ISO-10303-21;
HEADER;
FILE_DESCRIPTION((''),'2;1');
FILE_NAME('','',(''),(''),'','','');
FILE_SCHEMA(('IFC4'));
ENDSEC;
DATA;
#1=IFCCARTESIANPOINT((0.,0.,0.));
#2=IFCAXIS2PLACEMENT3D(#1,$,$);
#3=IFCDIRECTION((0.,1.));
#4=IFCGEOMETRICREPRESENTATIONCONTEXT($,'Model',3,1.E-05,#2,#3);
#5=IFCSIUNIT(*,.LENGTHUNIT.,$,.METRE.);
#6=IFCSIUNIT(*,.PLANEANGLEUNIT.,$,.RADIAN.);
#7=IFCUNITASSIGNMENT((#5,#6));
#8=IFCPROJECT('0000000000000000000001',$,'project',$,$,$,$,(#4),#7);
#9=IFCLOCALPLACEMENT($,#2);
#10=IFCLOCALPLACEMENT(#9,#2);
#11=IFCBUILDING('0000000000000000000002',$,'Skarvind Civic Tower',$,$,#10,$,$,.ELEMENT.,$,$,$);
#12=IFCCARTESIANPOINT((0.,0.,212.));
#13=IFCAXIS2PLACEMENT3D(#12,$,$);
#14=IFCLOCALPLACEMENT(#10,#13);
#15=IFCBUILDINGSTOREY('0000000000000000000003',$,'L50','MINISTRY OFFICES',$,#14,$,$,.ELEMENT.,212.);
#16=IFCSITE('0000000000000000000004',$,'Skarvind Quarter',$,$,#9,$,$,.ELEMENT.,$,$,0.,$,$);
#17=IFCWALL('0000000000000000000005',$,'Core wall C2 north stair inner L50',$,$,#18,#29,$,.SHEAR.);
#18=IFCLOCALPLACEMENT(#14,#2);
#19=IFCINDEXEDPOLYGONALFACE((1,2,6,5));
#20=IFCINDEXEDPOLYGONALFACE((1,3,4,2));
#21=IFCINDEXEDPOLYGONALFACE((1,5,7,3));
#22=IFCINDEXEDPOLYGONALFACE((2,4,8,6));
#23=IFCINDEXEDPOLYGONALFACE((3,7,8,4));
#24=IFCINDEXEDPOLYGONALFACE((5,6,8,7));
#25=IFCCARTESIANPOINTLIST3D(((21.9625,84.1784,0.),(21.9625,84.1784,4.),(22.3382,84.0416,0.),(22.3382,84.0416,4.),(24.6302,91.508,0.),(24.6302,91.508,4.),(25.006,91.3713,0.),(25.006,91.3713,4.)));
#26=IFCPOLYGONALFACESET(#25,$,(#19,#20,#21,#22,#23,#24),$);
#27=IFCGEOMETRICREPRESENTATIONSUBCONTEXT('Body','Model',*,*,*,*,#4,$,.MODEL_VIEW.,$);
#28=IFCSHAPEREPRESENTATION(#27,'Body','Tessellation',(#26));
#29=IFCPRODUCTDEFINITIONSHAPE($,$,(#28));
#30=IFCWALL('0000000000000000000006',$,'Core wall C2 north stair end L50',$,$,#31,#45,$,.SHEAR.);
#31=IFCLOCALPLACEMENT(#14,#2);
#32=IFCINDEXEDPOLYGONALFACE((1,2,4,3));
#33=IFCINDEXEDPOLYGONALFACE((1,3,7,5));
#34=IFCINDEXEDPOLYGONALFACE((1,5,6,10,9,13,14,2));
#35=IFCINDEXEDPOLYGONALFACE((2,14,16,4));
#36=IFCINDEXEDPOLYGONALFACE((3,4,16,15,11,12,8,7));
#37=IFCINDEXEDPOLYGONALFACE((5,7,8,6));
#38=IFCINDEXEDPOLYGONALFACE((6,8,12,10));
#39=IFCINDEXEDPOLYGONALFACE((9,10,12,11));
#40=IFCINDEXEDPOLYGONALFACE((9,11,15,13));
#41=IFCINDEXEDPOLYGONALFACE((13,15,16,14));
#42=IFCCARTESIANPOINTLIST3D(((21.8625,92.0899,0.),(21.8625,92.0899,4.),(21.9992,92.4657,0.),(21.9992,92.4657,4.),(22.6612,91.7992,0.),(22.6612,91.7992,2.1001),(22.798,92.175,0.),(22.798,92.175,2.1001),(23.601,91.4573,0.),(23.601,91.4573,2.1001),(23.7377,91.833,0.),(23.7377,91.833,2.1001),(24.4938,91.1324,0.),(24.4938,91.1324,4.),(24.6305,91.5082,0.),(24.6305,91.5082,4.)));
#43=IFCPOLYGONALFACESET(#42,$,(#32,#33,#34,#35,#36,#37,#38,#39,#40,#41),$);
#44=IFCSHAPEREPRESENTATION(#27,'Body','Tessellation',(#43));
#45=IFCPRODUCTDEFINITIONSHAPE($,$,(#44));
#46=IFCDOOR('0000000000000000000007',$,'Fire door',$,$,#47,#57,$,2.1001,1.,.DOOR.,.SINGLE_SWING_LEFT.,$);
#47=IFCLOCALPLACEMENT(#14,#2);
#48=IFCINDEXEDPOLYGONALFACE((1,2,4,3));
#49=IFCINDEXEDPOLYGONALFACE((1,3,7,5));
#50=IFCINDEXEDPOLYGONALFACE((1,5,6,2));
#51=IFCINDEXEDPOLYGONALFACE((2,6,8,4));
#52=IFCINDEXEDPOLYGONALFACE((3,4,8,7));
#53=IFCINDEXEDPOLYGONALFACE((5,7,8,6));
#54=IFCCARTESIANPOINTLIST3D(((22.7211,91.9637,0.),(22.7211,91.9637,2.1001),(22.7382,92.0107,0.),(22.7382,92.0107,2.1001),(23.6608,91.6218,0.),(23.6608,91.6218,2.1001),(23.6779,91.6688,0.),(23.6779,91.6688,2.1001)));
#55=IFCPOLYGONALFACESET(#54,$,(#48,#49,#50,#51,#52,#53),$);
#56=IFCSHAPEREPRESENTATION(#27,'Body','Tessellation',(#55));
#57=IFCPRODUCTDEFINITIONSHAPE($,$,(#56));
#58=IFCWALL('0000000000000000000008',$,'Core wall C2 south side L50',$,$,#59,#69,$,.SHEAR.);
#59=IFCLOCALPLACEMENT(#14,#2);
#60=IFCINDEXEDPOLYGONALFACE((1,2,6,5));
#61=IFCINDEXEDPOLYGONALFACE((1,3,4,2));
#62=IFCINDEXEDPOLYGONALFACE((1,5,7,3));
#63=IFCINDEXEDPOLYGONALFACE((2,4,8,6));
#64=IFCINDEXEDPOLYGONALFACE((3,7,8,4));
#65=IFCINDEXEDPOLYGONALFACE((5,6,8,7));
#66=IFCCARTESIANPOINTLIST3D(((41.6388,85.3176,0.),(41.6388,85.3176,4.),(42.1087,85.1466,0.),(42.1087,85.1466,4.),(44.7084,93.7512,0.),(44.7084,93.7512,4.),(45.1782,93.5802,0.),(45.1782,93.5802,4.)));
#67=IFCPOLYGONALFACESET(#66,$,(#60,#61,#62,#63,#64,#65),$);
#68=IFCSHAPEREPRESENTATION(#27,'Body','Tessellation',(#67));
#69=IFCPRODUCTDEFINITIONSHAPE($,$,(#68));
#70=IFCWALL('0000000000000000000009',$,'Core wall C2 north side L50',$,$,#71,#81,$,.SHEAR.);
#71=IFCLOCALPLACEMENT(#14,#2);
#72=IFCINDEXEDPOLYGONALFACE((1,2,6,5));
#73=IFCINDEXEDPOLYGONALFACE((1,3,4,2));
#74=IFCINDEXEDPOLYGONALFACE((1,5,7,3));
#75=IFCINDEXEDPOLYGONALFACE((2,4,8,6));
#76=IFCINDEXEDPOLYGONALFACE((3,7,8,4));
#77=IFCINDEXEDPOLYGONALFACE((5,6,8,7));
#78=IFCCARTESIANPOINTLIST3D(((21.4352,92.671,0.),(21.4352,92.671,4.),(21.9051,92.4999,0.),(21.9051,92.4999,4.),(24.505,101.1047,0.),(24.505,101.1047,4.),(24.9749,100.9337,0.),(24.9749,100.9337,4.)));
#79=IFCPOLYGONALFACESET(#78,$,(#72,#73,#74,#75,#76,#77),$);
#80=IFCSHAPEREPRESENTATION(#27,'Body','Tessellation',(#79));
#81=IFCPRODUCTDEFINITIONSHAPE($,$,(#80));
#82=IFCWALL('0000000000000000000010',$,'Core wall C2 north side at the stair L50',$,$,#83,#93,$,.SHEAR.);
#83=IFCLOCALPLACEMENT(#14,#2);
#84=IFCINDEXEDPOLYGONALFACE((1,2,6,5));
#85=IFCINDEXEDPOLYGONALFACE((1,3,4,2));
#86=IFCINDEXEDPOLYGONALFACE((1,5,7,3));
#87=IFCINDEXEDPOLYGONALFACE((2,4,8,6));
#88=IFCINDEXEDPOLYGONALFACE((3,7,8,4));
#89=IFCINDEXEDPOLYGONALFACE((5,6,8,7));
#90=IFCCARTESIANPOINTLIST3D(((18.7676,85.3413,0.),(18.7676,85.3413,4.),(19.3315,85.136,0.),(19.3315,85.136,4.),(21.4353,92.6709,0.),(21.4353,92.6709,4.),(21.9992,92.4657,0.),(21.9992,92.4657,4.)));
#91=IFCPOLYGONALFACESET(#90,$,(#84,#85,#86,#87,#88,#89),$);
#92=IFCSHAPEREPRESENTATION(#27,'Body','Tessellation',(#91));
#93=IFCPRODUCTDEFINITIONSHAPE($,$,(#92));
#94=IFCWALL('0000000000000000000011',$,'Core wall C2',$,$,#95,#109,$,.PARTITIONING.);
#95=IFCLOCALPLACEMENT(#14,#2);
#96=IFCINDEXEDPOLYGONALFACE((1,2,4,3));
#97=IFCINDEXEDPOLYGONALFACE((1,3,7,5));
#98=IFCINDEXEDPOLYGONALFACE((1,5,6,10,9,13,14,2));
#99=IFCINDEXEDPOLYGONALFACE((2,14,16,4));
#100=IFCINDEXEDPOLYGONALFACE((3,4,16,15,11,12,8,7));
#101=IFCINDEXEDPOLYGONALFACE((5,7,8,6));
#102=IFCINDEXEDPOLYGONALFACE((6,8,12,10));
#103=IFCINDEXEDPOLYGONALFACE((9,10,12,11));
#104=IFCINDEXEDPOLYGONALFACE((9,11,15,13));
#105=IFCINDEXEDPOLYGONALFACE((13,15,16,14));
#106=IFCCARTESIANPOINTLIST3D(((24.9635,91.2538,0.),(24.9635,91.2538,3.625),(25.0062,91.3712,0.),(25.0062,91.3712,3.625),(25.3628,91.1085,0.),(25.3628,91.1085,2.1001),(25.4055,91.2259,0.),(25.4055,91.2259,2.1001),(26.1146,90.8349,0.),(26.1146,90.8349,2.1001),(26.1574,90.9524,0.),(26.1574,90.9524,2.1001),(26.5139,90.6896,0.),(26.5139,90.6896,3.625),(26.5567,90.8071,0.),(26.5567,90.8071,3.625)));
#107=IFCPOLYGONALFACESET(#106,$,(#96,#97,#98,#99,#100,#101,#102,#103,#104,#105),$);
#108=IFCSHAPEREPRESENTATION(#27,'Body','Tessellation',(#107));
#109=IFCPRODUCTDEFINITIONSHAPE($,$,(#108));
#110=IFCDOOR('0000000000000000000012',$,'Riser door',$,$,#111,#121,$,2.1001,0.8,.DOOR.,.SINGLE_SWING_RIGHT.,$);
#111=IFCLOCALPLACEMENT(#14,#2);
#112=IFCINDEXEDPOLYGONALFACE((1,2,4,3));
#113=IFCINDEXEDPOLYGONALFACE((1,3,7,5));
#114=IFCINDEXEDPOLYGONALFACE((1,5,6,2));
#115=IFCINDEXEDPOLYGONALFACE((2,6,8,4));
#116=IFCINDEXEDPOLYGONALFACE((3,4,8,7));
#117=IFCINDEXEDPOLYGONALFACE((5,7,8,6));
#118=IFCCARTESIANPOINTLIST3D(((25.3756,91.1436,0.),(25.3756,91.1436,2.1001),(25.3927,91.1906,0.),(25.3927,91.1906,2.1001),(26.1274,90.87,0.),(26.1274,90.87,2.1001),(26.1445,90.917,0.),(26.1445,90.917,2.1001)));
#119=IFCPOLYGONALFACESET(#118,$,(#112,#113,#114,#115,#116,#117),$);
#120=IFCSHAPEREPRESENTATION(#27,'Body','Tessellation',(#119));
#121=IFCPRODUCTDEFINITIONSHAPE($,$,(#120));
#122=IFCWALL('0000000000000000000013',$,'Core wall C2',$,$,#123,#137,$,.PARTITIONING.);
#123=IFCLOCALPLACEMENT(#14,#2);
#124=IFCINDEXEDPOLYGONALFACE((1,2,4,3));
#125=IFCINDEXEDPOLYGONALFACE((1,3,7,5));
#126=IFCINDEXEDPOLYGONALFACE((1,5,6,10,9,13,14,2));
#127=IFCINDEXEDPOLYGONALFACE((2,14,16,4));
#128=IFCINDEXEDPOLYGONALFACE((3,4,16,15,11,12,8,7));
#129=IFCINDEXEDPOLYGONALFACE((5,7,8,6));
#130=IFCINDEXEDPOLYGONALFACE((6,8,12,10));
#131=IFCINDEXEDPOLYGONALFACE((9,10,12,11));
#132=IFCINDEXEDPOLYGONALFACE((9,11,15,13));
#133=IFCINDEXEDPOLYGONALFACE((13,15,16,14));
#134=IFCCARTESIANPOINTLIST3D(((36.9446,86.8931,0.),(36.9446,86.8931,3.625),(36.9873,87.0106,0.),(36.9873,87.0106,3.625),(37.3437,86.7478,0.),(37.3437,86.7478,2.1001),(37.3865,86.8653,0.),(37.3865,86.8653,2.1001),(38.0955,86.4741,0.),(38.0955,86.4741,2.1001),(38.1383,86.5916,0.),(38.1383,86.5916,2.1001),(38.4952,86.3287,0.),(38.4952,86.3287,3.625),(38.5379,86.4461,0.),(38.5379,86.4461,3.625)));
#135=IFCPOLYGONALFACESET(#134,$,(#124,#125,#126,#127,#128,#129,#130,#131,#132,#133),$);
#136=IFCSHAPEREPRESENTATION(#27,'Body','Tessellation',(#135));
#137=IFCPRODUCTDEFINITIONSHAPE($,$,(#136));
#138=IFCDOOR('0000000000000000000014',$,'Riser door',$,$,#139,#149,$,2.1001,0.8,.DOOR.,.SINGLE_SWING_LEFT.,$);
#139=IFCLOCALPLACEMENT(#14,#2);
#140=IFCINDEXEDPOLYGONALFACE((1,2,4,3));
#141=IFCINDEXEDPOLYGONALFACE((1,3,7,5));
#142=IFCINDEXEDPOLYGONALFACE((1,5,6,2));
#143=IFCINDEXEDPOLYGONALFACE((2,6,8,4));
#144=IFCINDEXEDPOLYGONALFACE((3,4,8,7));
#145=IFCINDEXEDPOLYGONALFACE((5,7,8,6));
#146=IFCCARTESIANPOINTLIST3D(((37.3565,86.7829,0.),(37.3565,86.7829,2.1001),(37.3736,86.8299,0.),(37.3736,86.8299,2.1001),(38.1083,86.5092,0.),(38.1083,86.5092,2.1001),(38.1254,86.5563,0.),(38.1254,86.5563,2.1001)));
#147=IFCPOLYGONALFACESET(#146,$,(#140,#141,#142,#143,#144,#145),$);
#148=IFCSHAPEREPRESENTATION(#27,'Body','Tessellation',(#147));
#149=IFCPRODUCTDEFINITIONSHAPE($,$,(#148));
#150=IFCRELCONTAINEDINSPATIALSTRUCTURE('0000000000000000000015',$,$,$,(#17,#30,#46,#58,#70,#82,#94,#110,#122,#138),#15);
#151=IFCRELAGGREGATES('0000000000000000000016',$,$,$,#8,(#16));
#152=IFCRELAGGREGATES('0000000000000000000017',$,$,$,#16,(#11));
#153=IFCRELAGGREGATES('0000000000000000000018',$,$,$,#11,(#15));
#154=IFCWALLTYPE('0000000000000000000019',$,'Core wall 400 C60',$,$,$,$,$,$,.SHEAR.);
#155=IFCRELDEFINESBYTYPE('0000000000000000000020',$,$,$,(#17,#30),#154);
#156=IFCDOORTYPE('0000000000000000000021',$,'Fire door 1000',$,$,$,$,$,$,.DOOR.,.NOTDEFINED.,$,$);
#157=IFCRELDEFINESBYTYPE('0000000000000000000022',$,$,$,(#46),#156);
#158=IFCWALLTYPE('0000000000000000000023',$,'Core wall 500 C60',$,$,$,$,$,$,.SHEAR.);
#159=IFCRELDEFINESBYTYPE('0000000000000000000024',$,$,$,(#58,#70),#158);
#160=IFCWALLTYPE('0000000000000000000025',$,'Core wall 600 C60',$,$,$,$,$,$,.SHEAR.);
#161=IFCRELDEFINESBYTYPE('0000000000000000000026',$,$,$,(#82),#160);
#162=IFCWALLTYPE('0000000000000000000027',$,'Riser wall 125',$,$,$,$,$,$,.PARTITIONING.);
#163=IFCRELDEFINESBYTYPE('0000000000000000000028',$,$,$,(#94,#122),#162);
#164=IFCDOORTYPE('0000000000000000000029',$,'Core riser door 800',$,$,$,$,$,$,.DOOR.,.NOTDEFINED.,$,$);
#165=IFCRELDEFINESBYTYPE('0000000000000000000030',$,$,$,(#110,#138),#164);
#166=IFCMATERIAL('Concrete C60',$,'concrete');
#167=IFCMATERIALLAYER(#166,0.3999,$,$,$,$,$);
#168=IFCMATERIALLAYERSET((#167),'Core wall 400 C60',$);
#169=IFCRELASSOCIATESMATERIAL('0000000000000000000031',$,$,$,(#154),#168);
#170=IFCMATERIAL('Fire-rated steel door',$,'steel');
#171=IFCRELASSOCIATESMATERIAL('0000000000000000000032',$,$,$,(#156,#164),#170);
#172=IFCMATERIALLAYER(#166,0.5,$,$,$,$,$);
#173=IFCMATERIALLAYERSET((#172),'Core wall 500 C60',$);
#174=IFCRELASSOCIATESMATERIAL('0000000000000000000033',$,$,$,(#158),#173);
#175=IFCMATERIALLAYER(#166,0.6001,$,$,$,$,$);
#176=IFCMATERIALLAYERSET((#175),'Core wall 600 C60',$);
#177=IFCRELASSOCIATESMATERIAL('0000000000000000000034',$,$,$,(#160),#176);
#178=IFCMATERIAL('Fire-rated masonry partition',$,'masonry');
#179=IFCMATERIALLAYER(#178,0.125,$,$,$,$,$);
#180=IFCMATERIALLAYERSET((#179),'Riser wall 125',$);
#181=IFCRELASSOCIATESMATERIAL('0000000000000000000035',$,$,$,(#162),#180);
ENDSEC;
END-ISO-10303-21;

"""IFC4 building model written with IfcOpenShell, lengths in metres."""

from ifc_helpers import new_model, si_unit, direction, frame, frame_2d, origin, place, context, subcontext, project, spatial, rectangle, extrude, material, layer, layer_set, type_object, element, fill, save


model = new_model("IFC4")

# Units and contexts
model_context = context("Model", 3, precision=1e-05, world=origin(), true_north=direction((0.0, 1.0)))
body_context = subcontext(model_context, "Body", "Model", "MODEL_VIEW")
ifc_project = project(units=[si_unit("LENGTHUNIT", "METRE"), si_unit("PLANEANGLEUNIT", "RADIAN")], contexts=[model_context])

# Site, building, storey
site_placement = place(None, origin())
site = spatial("IfcSite", under=ifc_project, at=site_placement, Name="Skarvind Quarter", CompositionType="ELEMENT", RefElevation=0.0)
building_placement = place(site_placement, origin())
building = spatial("IfcBuilding", under=site, at=building_placement, Name="Skarvind Civic Tower", CompositionType="ELEMENT")
storey_placement = place(building_placement, frame((0.0, 0.0, 212.0)))
storey = spatial("IfcBuildingStorey", under=building, at=storey_placement, Name="L50", Description="MINISTRY OFFICES", CompositionType="ELEMENT", Elevation=212.0)

# Shared definitions
ifc_material_1 = material(Name="Fire-rated masonry partition", Category="masonry")
ifc_material_2 = material(Name="Fire-rated steel door", Category="steel")

# Shared definitions
ifc_material_3 = material(Name="Concrete C60", Category="concrete")

# Shared definitions
ifc_layer_1 = layer(ifc_material_3, 0.3999)
ifc_layer_set_1 = layer_set([ifc_layer_1], Name="Core wall 400 C60")
wall_type_1 = type_object("IfcWallType", Name="Core wall 400 C60", PredefinedType="SHEAR", material=ifc_layer_set_1)
door_type_1 = type_object("IfcDoorType", Name="Fire door 1000", OperationType="NOTDEFINED", PredefinedType="DOOR", material=ifc_material_2)

# Wall
wall_1_placement = place(storey_placement, frame((22.1504, 84.1101, 0.0), z_axis=(0.0, 0.0, 1.0), x_axis=(0.342017, 0.939694, 0.0)))
element("IfcWall", 1, at=wall_1_placement, inside=storey, type_object=wall_type_1, Name="Core wall C2 north stair inner L50", PredefinedType="SHEAR", context=body_context, shape_type="SweptSolid", body=[
    extrude(rectangle(XDim=7.8, YDim=0.3999, at=frame_2d((3.8999, 0.0))), origin(), (0.0, 0.0, 1.0), 4.0),
])

# Wall, opening, door
wall_2_placement = place(storey_placement, frame((24.562, 91.3203, 0.0), z_axis=(0.0, 0.0, 1.0), x_axis=(-0.939717, 0.341953, 0.0)))
wall_2 = element("IfcWall", 2, at=wall_2_placement, inside=storey, type_object=wall_type_1, Name="Core wall C2 north stair end L50", PredefinedType="SHEAR", context=body_context, shape_type="SweptSolid", body=[
    extrude(rectangle(XDim=2.8, YDim=0.3999, at=frame_2d((1.3999, 0.0))), origin(), (0.0, 0.0, 1.0), 4.0),
])
opening_1_placement = place(wall_2_placement, frame((0.95, 0.0, 0.0)))
opening_1 = element("IfcOpeningElement", 3, at=opening_1_placement, cuts=wall_2, PredefinedType="OPENING", context=body_context, shape_type="SweptSolid", body=[
    extrude(rectangle(XDim=1.0, YDim=2.1001, at=frame_2d((0.5, 1.05))), frame((0.0, 0.21, 0.0), z_axis=(0.0, -1.0, 0.0), x_axis=(1.0, 0.0, 0.0)), (0.0, 0.0, 1.0), 0.4199),
])
door_1_placement = place(opening_1_placement, origin())
door_1 = element("IfcDoor", 4, at=door_1_placement, inside=storey, type_object=door_type_1, Name="Fire door", OperationType="SINGLE_SWING_LEFT", OverallHeight=2.1001, OverallWidth=1.0, PredefinedType="DOOR", context=body_context, shape_type="SweptSolid", body=[
    extrude(rectangle(XDim=1.0, YDim=2.1001, at=frame_2d((0.5, 1.05))), frame((0.0, 0.0249, 0.0), z_axis=(0.0, -1.0, 0.0), x_axis=(1.0, 0.0, 0.0)), (0.0, 0.0, 1.0), 0.05),
])
fill(opening_1, door_1)

# Walls
ifc_layer_2 = layer(ifc_material_3, 0.5)
ifc_layer_set_2 = layer_set([ifc_layer_2], Name="Core wall 500 C60")
wall_type_2 = type_object("IfcWallType", Name="Core wall 500 C60", PredefinedType="SHEAR", material=ifc_layer_set_2)
wall_3_placement = place(storey_placement, frame((41.8738, 85.2322, 0.0), z_axis=(0.0, 0.0, 1.0), x_axis=(0.34202, 0.939693, 0.0)))
element("IfcWall", 5, at=wall_3_placement, inside=storey, type_object=wall_type_2, Name="Core wall C2 south side L50", PredefinedType="SHEAR", context=body_context, shape_type="SweptSolid", body=[
    extrude(rectangle(XDim=8.9749, YDim=0.5, at=frame_2d((4.4873, 0.0))), origin(), (0.0, 0.0, 1.0), 4.0),
])
wall_4_placement = place(storey_placement, frame((21.6702, 92.5854, 0.0), z_axis=(0.0, 0.0, 1.0), x_axis=(0.342036, 0.939687, 0.0)))
element("IfcWall", 6, at=wall_4_placement, inside=storey, type_object=wall_type_2, Name="Core wall C2 north side L50", PredefinedType="SHEAR", context=body_context, shape_type="SweptSolid", body=[
    extrude(rectangle(XDim=8.9751, YDim=0.5, at=frame_2d((4.4875, 0.0))), origin(), (0.0, 0.0, 1.0), 4.0),
])
ifc_layer_3 = layer(ifc_material_3, 0.6001)
ifc_layer_set_3 = layer_set([ifc_layer_3], Name="Core wall 600 C60")
wall_type_3 = type_object("IfcWallType", Name="Core wall 600 C60", PredefinedType="SHEAR", material=ifc_layer_set_3)
wall_5_placement = place(storey_placement, frame((19.0496, 85.2388, 0.0), z_axis=(0.0, 0.0, 1.0), x_axis=(0.342017, 0.939694, 0.0)))
element("IfcWall", 7, at=wall_5_placement, inside=storey, type_object=wall_type_3, Name="Core wall C2 north side at the stair L50", PredefinedType="SHEAR", context=body_context, shape_type="SweptSolid", body=[
    extrude(rectangle(XDim=7.8, YDim=0.6001, at=frame_2d((3.8999, 0.0))), origin(), (0.0, 0.0, 1.0), 4.0),
])

# Walls, openings, doors
ifc_layer_4 = layer(ifc_material_1, 0.125)
ifc_layer_set_4 = layer_set([ifc_layer_4], Name="Riser wall 125")
wall_type_4 = type_object("IfcWallType", Name="Riser wall 125", PredefinedType="PARTITIONING", material=ifc_layer_set_4)
wall_6_placement = place(storey_placement, frame((24.9849, 91.3125, 0.0), z_axis=(0.0, 0.0, 1.0), x_axis=(0.93972, -0.341945, 0.0)))
wall_6 = element("IfcWall", 8, at=wall_6_placement, inside=storey, type_object=wall_type_4, Name="Core wall C2", PredefinedType="PARTITIONING", context=body_context, shape_type="SweptSolid", body=[
    extrude(rectangle(XDim=1.6499, YDim=0.125, at=frame_2d((0.825, 0.0))), origin(), (0.0, 0.0, 1.0), 3.625),
])
opening_2_placement = place(wall_6_placement, frame((0.425, 0.0, 0.0)))
opening_2 = element("IfcOpeningElement", 9, at=opening_2_placement, cuts=wall_6, PredefinedType="OPENING", context=body_context, shape_type="SweptSolid", body=[
    extrude(rectangle(XDim=0.8, YDim=2.1001, at=frame_2d((0.3999, 1.05))), frame((0.0, 0.0725, 0.0), z_axis=(0.0, -1.0, 0.0), x_axis=(1.0, 0.0, 0.0)), (0.0, 0.0, 1.0), 0.145),
])
door_type_2 = type_object("IfcDoorType", Name="Core riser door 800", OperationType="NOTDEFINED", PredefinedType="DOOR", material=ifc_material_2)
door_2_placement = place(opening_2_placement, origin())
door_2 = element("IfcDoor", 10, at=door_2_placement, inside=storey, type_object=door_type_2, Name="Riser door", OperationType="SINGLE_SWING_RIGHT", OverallHeight=2.1001, OverallWidth=0.8, PredefinedType="DOOR", context=body_context, shape_type="SweptSolid", body=[
    extrude(rectangle(XDim=0.8, YDim=2.1001, at=frame_2d((0.3999, 1.05))), frame((0.0, 0.0249, 0.0), z_axis=(0.0, -1.0, 0.0), x_axis=(1.0, 0.0, 0.0)), (0.0, 0.0, 1.0), 0.05),
])
fill(opening_2, door_2)
wall_7_placement = place(storey_placement, frame((36.9658, 86.9519, 0.0), z_axis=(0.0, 0.0, 1.0), x_axis=(0.939672, -0.342076, 0.0)))
wall_7 = element("IfcWall", 11, at=wall_7_placement, inside=storey, type_object=wall_type_4, Name="Core wall C2", PredefinedType="PARTITIONING", context=body_context, shape_type="SweptSolid", body=[
    extrude(rectangle(XDim=1.6501, YDim=0.125, at=frame_2d((0.8252, 0.0))), origin(), (0.0, 0.0, 1.0), 3.625),
])
opening_3_placement = place(wall_7_placement, frame((0.425, 0.0, 0.0)))
opening_3 = element("IfcOpeningElement", 12, at=opening_3_placement, cuts=wall_7, PredefinedType="OPENING", context=body_context, shape_type="SweptSolid", body=[
    extrude(rectangle(XDim=0.8, YDim=2.1001, at=frame_2d((0.3999, 1.05))), frame((0.0, 0.0725, 0.0), z_axis=(0.0, -1.0, 0.0), x_axis=(1.0, 0.0, 0.0)), (0.0, 0.0, 1.0), 0.145),
])
door_3_placement = place(opening_3_placement, origin())
door_3 = element("IfcDoor", 13, at=door_3_placement, inside=storey, type_object=door_type_2, Name="Riser door", OperationType="SINGLE_SWING_LEFT", OverallHeight=2.1001, OverallWidth=0.8, PredefinedType="DOOR", context=body_context, shape_type="SweptSolid", body=[
    extrude(rectangle(XDim=0.8, YDim=2.1001, at=frame_2d((0.3999, 1.05))), frame((0.0, 0.0249, 0.0), z_axis=(0.0, -1.0, 0.0), x_axis=(1.0, 0.0, 0.0)), (0.0, 0.0, 1.0), 0.05),
])
fill(opening_3, door_3)

save(model, "model.ifc")
